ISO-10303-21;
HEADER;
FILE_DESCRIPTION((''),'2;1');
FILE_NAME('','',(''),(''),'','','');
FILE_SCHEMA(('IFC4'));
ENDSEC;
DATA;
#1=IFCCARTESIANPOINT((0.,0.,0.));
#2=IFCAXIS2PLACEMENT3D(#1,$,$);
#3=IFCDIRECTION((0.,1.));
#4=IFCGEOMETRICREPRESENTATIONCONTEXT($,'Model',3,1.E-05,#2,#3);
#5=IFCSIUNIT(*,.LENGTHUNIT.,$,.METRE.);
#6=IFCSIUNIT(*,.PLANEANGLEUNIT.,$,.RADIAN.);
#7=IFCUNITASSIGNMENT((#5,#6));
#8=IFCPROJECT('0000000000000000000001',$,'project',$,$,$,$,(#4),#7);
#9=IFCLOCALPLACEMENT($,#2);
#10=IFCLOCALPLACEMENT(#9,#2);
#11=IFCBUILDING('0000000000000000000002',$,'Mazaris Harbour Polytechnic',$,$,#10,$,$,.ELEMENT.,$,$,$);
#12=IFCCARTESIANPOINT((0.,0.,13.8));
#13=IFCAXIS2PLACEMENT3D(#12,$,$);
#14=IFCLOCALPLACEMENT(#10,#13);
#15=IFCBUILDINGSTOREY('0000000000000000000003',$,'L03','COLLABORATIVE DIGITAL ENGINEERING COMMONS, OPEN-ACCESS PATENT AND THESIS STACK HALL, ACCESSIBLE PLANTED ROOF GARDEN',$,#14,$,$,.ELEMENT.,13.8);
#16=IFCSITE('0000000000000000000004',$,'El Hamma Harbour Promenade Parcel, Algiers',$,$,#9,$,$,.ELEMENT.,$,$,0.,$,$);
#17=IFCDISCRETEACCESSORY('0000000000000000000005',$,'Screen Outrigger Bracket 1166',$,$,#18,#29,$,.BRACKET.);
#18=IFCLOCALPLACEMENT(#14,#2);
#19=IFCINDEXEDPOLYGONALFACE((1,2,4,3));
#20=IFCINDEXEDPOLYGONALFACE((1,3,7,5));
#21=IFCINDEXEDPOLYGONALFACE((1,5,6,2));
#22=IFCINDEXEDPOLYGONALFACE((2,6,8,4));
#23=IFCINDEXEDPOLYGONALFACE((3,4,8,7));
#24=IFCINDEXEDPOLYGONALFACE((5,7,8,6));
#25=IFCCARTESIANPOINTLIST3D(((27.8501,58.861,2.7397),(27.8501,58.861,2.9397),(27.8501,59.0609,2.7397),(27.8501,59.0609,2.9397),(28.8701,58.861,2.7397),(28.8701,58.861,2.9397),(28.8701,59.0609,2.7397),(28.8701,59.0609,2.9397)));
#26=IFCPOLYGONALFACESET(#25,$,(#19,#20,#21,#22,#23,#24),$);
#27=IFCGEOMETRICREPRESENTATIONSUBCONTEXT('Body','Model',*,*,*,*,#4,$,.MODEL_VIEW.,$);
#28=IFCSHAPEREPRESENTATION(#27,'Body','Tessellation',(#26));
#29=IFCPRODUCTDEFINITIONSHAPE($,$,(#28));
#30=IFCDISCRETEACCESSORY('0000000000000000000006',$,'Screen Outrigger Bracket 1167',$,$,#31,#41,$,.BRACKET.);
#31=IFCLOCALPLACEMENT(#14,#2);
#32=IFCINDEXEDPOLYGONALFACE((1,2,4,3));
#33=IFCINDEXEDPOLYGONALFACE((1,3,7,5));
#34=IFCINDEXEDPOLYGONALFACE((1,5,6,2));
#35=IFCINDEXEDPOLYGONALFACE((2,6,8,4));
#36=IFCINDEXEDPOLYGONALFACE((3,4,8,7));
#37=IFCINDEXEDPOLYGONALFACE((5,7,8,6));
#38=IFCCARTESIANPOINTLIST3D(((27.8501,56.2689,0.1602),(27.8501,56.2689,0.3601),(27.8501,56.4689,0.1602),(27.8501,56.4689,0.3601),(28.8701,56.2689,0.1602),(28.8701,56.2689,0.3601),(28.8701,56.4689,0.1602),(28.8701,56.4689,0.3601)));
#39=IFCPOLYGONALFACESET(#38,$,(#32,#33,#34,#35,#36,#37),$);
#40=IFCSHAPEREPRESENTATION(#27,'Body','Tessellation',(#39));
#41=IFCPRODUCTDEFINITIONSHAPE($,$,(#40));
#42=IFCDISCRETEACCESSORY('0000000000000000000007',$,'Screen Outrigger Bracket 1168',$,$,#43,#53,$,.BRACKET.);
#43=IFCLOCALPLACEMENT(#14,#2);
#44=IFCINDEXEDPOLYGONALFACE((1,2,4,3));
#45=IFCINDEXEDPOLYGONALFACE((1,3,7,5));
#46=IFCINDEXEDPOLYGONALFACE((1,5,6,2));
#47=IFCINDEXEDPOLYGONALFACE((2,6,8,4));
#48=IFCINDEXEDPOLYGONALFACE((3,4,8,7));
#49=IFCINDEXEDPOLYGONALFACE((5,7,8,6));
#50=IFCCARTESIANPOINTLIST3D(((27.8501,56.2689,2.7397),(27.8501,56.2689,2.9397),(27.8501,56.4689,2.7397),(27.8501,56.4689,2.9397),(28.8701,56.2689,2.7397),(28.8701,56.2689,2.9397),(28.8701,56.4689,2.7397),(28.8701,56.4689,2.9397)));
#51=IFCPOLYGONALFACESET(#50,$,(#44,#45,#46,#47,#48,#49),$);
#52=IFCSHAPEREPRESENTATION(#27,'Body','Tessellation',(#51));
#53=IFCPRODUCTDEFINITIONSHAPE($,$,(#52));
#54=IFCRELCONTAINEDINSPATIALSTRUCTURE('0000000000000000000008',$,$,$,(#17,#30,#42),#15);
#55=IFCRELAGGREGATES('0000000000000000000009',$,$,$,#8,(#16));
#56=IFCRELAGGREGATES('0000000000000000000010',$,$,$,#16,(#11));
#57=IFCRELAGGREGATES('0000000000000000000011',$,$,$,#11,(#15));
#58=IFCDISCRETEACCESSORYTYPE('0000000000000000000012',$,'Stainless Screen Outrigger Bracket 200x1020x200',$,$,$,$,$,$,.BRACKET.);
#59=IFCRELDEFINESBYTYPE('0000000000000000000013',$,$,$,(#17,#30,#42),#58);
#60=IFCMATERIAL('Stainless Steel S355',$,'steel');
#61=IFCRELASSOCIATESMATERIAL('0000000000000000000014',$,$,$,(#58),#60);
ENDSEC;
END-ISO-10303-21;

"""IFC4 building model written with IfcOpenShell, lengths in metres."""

from ifc_helpers import new_model, si_unit, direction, frame, origin, origin_2d, place, context, subcontext, project, spatial, rectangle, extrude, material, type_object, element, save


model = new_model("IFC4")

# Units and contexts
model_context = context("Model", 3, precision=1e-05, world=origin(), true_north=direction((0.0, 1.0)))
body_context = subcontext(model_context, "Body", "Model", "MODEL_VIEW")
ifc_project = project(units=[si_unit("LENGTHUNIT", "METRE"), si_unit("PLANEANGLEUNIT", "RADIAN")], contexts=[model_context])

# Site, building, storey
site_placement = place(None, origin())
site = spatial("IfcSite", under=ifc_project, at=site_placement, Name="El Hamma Harbour Promenade Parcel, Algiers", CompositionType="ELEMENT", RefElevation=0.0)
building_placement = place(site_placement, origin())
building = spatial("IfcBuilding", under=site, at=building_placement, Name="Mazaris Harbour Polytechnic", CompositionType="ELEMENT")
storey_placement = place(building_placement, frame((0.0, 0.0, 13.8)))
storey = spatial("IfcBuildingStorey", under=building, at=storey_placement, Name="L03", Description="COLLABORATIVE DIGITAL ENGINEERING COMMONS, OPEN-ACCESS PATENT AND THESIS STACK HALL, ACCESSIBLE PLANTED ROOF GARDEN", CompositionType="ELEMENT", Elevation=13.8)

# Discrete accessories
ifc_material_1 = material(Name="Stainless Steel S355", Category="steel")
discrete_accessory_type = type_object("IfcDiscreteAccessoryType", Name="Stainless Screen Outrigger Bracket 200x1020x200", PredefinedType="BRACKET", material=ifc_material_1)
for number, where, z_axis, x_axis, name in (
    (1, (28.3601, 58.9609, 2.7397), (0.0, 0.0, 1.0), (0.0, -1.0, 0.0), "Screen Outrigger Bracket 1166"),
    (2, (28.3601, 56.3689, 0.1602), (0.0, 0.0, 1.0), (0.0, -1.0, 0.0), "Screen Outrigger Bracket 1167"),
    (3, (28.3601, 56.3689, 2.7397), (0.0, 0.0, 1.0), (0.0, -1.0, 0.0), "Screen Outrigger Bracket 1168"),
):
    element("IfcDiscreteAccessory", number, at=place(storey_placement, frame(where, z_axis=z_axis, x_axis=x_axis)), inside=storey, type_object=discrete_accessory_type, Name=name, PredefinedType="BRACKET", context=body_context, shape_type="SweptSolid", body=[
        extrude(rectangle(XDim=0.2, YDim=1.02, at=origin_2d()), origin(), (0.0, 0.0, 1.0), 0.2),
    ])

save(model, "model.ifc")
